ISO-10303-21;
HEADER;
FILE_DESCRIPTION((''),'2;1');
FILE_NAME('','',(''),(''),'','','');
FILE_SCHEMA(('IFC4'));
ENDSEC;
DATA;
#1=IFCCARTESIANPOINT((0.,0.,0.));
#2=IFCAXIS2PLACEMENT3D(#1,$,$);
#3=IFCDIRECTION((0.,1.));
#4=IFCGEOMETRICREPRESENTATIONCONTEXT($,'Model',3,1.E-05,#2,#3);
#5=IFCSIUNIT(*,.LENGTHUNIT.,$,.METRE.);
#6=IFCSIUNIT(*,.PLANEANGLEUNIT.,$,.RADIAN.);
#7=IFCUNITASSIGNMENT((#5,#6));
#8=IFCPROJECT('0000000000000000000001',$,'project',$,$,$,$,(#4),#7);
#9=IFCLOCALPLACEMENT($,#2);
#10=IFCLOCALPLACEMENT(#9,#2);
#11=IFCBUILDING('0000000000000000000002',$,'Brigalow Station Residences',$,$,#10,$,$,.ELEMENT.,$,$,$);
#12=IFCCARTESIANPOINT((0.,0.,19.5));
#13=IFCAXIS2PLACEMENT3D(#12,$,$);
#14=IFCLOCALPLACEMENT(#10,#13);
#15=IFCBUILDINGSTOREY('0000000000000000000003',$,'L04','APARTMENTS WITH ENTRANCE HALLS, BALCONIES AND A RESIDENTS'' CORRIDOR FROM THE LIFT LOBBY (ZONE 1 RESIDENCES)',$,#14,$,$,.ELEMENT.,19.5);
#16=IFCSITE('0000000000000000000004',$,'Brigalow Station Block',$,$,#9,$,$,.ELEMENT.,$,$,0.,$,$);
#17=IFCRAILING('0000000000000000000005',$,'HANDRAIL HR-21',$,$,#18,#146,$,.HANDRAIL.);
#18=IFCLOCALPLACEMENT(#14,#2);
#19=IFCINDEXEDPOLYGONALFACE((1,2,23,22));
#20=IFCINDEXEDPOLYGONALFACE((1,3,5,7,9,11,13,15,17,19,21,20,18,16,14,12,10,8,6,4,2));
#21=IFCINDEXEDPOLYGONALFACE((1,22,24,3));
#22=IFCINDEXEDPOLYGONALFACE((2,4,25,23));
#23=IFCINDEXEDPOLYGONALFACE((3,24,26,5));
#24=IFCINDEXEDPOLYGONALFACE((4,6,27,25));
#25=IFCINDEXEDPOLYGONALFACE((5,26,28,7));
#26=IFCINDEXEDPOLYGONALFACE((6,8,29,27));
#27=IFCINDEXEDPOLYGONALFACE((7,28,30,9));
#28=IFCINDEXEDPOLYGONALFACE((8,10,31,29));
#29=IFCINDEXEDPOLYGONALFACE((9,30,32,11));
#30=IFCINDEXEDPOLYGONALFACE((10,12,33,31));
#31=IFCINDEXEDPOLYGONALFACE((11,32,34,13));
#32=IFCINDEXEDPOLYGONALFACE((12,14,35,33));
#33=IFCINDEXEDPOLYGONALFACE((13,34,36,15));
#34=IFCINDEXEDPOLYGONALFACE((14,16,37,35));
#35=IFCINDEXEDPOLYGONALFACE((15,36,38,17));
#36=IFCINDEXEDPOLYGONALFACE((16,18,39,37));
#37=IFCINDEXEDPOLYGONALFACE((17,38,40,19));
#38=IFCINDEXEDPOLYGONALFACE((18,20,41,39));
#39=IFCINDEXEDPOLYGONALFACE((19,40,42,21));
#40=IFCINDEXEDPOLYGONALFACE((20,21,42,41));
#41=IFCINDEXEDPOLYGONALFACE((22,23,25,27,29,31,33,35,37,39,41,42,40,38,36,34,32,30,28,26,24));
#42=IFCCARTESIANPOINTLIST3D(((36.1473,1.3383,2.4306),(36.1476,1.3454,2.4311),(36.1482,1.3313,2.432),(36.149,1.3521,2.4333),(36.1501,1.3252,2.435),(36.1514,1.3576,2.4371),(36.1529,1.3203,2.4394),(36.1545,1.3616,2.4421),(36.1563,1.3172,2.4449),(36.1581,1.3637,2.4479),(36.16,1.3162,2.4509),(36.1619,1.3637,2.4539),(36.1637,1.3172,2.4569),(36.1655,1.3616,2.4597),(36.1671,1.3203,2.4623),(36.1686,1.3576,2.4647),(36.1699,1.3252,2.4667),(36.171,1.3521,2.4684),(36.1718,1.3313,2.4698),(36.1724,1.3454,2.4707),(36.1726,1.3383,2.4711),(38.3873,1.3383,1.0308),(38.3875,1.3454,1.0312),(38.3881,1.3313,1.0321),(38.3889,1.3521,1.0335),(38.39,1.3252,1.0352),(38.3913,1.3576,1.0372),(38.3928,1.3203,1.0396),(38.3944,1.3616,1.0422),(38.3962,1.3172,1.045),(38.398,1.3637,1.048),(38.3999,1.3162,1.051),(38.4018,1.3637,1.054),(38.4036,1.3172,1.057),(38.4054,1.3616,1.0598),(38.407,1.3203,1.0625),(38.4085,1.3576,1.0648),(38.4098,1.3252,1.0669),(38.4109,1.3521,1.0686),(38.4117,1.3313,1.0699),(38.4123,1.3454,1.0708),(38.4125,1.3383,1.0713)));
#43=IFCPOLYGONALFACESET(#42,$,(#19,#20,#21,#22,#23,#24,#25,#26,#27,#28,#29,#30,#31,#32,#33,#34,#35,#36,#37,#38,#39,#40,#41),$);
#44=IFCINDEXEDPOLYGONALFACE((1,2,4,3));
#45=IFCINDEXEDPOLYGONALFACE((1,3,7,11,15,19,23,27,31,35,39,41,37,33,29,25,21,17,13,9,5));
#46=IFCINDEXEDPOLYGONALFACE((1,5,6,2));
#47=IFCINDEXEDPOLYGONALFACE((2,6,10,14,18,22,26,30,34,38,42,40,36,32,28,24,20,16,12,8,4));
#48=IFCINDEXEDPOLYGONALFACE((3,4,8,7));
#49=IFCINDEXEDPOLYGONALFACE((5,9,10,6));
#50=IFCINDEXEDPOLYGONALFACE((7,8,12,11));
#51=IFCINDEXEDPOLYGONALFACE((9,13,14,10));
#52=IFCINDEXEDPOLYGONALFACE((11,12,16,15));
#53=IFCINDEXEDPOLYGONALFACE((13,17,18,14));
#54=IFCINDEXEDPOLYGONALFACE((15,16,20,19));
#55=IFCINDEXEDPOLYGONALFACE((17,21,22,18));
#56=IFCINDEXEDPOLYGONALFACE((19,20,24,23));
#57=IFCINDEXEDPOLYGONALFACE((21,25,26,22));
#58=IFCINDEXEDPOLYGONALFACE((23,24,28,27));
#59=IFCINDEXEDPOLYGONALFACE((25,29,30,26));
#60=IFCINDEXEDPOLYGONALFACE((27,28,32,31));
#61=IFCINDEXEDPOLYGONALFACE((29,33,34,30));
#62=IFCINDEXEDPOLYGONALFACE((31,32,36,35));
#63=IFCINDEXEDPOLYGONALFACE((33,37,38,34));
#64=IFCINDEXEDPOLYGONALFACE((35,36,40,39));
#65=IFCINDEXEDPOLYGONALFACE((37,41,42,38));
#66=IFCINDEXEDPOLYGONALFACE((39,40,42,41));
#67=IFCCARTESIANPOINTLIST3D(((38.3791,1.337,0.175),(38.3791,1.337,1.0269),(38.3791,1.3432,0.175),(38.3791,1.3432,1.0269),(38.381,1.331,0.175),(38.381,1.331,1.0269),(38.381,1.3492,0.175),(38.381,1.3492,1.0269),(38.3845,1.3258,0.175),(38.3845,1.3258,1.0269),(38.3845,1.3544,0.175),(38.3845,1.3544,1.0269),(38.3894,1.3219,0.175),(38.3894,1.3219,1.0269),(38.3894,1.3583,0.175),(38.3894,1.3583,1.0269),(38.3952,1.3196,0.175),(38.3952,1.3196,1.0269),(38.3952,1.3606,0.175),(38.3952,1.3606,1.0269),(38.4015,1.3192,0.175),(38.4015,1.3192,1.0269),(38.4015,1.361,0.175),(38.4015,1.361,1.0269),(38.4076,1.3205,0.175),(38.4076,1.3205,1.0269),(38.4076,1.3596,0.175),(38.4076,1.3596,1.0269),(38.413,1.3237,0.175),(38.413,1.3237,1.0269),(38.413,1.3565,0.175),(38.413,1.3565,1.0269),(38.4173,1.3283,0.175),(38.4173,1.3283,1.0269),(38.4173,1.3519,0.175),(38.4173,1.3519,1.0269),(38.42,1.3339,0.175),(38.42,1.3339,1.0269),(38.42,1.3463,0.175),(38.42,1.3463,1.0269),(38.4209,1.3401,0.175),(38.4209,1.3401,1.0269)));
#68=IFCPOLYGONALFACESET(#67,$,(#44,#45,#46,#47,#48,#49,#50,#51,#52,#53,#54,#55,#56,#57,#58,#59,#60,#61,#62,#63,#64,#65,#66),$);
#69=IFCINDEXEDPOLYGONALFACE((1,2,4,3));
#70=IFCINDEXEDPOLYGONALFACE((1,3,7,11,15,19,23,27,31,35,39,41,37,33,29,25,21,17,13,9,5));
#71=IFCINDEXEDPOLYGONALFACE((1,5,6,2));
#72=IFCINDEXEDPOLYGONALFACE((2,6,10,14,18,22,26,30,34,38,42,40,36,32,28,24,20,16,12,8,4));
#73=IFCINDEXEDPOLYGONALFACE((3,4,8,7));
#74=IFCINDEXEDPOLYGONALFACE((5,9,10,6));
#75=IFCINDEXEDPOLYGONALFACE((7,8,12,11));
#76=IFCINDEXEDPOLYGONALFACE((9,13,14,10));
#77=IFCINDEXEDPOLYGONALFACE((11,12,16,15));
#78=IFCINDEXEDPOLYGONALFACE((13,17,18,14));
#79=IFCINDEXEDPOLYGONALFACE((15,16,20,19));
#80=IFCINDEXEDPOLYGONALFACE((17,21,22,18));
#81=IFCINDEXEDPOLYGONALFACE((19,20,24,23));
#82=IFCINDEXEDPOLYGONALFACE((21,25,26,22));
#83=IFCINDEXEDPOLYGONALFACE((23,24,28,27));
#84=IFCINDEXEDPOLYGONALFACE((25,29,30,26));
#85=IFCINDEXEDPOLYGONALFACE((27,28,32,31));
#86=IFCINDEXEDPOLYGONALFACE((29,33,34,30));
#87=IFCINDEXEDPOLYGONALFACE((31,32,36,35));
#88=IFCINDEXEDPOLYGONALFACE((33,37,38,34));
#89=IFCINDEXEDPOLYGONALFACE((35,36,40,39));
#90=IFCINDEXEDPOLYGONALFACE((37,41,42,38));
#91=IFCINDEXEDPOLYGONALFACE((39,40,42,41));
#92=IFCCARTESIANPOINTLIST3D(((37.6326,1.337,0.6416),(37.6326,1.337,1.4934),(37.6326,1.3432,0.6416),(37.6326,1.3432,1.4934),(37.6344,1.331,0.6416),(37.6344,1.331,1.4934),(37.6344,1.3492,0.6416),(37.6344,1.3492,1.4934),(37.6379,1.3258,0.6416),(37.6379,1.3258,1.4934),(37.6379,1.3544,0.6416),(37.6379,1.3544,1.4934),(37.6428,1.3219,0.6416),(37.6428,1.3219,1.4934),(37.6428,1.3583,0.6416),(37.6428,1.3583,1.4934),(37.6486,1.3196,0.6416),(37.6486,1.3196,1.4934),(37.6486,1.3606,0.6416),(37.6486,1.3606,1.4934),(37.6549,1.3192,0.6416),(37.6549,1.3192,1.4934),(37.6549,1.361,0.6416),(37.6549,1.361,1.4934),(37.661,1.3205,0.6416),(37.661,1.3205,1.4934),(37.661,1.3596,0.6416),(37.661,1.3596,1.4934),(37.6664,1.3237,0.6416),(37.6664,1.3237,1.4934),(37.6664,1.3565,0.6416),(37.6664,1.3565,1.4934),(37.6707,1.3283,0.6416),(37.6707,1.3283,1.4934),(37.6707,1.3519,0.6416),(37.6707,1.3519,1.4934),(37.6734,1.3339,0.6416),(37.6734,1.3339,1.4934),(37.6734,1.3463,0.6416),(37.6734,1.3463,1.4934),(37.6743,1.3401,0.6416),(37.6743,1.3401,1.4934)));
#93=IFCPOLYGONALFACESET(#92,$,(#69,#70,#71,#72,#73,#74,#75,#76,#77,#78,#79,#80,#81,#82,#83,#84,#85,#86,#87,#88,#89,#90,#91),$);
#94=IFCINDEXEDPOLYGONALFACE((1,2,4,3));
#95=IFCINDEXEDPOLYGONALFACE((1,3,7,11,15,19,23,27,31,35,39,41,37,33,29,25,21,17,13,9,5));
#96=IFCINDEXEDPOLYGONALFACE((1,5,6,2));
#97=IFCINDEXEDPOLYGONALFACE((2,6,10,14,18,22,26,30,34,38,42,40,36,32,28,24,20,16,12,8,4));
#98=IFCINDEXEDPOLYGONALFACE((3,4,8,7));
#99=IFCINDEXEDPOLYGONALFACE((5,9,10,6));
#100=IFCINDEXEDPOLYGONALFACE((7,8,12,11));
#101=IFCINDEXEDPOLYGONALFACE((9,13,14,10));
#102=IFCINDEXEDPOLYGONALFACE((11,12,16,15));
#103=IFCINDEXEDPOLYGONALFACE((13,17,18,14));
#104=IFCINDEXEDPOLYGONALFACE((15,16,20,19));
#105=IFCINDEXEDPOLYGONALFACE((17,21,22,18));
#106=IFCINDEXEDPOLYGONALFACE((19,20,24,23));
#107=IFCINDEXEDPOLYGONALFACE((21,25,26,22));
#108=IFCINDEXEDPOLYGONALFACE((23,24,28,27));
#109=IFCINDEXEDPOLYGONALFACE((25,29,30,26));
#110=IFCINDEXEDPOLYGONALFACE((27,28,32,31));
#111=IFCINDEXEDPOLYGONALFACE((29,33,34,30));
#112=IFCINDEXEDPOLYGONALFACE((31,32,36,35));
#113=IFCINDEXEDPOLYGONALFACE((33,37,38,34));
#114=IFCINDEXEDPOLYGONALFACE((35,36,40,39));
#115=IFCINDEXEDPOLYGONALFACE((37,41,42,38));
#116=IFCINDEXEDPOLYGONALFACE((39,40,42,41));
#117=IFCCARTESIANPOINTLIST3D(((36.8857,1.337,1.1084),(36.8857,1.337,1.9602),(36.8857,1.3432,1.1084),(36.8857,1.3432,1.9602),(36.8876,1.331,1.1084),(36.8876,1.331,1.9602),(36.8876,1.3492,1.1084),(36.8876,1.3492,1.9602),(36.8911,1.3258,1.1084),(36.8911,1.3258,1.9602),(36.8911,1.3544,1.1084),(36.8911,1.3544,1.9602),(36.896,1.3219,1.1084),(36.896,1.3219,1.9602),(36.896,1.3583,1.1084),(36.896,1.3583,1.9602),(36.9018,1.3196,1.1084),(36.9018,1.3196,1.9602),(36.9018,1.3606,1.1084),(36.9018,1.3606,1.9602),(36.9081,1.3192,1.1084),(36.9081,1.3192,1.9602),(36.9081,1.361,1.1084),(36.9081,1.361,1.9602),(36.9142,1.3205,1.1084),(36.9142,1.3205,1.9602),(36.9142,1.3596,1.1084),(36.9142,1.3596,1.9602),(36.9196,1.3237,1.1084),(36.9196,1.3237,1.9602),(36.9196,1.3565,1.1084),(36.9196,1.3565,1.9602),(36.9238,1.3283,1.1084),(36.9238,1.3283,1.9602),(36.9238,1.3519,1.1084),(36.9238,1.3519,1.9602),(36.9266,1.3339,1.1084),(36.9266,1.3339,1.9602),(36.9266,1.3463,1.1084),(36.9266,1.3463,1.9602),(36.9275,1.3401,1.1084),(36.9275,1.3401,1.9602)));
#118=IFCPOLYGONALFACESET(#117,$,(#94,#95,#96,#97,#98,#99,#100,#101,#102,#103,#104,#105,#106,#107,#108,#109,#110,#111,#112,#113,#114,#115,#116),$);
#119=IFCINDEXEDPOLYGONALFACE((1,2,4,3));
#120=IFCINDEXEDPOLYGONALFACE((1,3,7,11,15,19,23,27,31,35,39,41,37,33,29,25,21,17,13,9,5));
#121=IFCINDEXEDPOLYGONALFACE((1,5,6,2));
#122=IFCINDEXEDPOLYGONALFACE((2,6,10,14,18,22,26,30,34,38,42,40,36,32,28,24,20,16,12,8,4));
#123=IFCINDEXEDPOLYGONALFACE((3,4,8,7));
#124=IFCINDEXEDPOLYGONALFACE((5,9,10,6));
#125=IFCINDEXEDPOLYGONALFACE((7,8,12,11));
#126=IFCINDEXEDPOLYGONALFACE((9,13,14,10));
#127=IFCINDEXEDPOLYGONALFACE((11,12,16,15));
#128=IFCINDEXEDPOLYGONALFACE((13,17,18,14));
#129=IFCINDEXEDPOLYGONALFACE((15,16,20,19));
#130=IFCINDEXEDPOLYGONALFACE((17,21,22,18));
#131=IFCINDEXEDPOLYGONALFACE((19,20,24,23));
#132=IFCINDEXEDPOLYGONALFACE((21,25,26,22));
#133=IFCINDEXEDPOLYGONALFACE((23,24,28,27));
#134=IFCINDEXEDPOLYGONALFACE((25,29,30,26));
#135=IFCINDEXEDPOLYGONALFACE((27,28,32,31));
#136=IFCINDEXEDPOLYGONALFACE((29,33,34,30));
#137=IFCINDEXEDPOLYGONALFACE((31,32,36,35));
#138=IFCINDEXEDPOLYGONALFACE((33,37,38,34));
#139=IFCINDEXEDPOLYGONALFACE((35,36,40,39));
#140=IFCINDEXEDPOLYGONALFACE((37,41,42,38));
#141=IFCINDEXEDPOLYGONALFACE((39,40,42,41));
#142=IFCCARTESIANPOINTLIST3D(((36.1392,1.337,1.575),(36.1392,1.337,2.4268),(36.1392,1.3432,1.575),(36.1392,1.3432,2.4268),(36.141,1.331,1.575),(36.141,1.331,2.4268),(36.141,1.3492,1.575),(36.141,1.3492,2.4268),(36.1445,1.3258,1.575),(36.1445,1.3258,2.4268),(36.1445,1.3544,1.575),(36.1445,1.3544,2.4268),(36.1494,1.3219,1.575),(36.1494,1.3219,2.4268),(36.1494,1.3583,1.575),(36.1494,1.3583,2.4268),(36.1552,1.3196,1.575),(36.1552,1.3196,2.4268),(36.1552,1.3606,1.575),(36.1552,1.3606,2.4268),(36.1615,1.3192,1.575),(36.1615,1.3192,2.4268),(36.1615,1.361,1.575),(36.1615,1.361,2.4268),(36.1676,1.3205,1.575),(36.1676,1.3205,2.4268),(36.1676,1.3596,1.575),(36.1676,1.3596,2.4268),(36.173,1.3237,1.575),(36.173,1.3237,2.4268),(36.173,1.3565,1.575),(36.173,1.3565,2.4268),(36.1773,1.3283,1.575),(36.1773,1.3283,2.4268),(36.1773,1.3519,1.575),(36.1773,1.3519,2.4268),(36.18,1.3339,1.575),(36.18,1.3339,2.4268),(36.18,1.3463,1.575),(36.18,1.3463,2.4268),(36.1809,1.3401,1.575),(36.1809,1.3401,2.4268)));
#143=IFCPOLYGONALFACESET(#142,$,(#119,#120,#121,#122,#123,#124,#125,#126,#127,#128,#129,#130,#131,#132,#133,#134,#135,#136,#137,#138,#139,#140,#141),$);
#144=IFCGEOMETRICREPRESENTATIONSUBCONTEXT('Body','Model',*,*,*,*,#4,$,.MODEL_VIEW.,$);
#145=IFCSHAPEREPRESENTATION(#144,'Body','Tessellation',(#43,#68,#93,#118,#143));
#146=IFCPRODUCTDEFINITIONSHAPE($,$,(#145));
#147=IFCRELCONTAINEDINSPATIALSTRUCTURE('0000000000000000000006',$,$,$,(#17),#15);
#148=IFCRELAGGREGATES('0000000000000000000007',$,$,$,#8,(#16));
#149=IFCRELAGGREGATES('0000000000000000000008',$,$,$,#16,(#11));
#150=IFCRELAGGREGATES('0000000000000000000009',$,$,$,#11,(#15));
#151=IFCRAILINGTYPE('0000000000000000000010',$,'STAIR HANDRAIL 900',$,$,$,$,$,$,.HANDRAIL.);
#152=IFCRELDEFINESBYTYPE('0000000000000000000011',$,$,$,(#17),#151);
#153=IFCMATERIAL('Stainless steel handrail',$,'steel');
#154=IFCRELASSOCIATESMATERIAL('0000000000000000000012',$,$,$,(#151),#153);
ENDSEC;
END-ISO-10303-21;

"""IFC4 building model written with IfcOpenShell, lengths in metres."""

from ifc_helpers import new_model, si_unit, direction, frame, origin, origin_2d, place, context, subcontext, project, spatial, circle, extrude, material, type_object, element, save


model = new_model("IFC4")

# Units and contexts
model_context = context("Model", 3, precision=1e-05, world=origin(), true_north=direction((0.0, 1.0)))
body_context = subcontext(model_context, "Body", "Model", "MODEL_VIEW")
ifc_project = project(units=[si_unit("LENGTHUNIT", "METRE"), si_unit("PLANEANGLEUNIT", "RADIAN")], contexts=[model_context])

# Site, building, storey
site_placement = place(None, origin())
site = spatial("IfcSite", under=ifc_project, at=site_placement, Name="Brigalow Station Block", CompositionType="ELEMENT", RefElevation=0.0)
building_placement = place(site_placement, origin())
building = spatial("IfcBuilding", under=site, at=building_placement, Name="Brigalow Station Residences", CompositionType="ELEMENT")
storey_placement = place(building_placement, frame((0.0, 0.0, 19.5)))
storey = spatial("IfcBuildingStorey", under=building, at=storey_placement, Name="L04", Description="APARTMENTS WITH ENTRANCE HALLS, BALCONIES AND A RESIDENTS' CORRIDOR FROM THE LIFT LOBBY (ZONE 1 RESIDENCES)", CompositionType="ELEMENT", Elevation=19.5)

# Railing
ifc_material_1 = material(Name="Stainless steel handrail", Category="steel")
railing_type_1 = type_object("IfcRailingType", Name="STAIR HANDRAIL 900", PredefinedType="HANDRAIL", material=ifc_material_1)
railing_1_placement = place(storey_placement, frame((38.3999, 1.3401, 0.175)))
element("IfcRailing", 1, at=railing_1_placement, inside=storey, type_object=railing_type_1, Name="HANDRAIL HR-21", PredefinedType="HANDRAIL", context=body_context, shape_type="SweptSolid", body=[
    extrude(circle(Radius=0.0239, at=origin_2d()), frame((0.0, 0.0, 0.876), z_axis=(-0.848014, 0.0, 0.529974), x_axis=(0.0, -1.0, 0.0)), (0.0, 0.0, 1.0), 2.6414),
    extrude(circle(Radius=0.021, at=origin_2d()), origin(), (0.0, 0.0, 1.0), 0.8518),
    extrude(circle(Radius=0.021, at=origin_2d()), frame((-0.7466, 0.0, 0.4666)), (0.0, 0.0, 1.0), 0.8518),
    extrude(circle(Radius=0.021, at=origin_2d()), frame((-1.4934, 0.0, 0.9333)), (0.0, 0.0, 1.0), 0.8518),
    extrude(circle(Radius=0.021, at=origin_2d()), frame((-2.24, 0.0, 1.3999)), (0.0, 0.0, 1.0), 0.8518),
])

save(model, "model.ifc")
